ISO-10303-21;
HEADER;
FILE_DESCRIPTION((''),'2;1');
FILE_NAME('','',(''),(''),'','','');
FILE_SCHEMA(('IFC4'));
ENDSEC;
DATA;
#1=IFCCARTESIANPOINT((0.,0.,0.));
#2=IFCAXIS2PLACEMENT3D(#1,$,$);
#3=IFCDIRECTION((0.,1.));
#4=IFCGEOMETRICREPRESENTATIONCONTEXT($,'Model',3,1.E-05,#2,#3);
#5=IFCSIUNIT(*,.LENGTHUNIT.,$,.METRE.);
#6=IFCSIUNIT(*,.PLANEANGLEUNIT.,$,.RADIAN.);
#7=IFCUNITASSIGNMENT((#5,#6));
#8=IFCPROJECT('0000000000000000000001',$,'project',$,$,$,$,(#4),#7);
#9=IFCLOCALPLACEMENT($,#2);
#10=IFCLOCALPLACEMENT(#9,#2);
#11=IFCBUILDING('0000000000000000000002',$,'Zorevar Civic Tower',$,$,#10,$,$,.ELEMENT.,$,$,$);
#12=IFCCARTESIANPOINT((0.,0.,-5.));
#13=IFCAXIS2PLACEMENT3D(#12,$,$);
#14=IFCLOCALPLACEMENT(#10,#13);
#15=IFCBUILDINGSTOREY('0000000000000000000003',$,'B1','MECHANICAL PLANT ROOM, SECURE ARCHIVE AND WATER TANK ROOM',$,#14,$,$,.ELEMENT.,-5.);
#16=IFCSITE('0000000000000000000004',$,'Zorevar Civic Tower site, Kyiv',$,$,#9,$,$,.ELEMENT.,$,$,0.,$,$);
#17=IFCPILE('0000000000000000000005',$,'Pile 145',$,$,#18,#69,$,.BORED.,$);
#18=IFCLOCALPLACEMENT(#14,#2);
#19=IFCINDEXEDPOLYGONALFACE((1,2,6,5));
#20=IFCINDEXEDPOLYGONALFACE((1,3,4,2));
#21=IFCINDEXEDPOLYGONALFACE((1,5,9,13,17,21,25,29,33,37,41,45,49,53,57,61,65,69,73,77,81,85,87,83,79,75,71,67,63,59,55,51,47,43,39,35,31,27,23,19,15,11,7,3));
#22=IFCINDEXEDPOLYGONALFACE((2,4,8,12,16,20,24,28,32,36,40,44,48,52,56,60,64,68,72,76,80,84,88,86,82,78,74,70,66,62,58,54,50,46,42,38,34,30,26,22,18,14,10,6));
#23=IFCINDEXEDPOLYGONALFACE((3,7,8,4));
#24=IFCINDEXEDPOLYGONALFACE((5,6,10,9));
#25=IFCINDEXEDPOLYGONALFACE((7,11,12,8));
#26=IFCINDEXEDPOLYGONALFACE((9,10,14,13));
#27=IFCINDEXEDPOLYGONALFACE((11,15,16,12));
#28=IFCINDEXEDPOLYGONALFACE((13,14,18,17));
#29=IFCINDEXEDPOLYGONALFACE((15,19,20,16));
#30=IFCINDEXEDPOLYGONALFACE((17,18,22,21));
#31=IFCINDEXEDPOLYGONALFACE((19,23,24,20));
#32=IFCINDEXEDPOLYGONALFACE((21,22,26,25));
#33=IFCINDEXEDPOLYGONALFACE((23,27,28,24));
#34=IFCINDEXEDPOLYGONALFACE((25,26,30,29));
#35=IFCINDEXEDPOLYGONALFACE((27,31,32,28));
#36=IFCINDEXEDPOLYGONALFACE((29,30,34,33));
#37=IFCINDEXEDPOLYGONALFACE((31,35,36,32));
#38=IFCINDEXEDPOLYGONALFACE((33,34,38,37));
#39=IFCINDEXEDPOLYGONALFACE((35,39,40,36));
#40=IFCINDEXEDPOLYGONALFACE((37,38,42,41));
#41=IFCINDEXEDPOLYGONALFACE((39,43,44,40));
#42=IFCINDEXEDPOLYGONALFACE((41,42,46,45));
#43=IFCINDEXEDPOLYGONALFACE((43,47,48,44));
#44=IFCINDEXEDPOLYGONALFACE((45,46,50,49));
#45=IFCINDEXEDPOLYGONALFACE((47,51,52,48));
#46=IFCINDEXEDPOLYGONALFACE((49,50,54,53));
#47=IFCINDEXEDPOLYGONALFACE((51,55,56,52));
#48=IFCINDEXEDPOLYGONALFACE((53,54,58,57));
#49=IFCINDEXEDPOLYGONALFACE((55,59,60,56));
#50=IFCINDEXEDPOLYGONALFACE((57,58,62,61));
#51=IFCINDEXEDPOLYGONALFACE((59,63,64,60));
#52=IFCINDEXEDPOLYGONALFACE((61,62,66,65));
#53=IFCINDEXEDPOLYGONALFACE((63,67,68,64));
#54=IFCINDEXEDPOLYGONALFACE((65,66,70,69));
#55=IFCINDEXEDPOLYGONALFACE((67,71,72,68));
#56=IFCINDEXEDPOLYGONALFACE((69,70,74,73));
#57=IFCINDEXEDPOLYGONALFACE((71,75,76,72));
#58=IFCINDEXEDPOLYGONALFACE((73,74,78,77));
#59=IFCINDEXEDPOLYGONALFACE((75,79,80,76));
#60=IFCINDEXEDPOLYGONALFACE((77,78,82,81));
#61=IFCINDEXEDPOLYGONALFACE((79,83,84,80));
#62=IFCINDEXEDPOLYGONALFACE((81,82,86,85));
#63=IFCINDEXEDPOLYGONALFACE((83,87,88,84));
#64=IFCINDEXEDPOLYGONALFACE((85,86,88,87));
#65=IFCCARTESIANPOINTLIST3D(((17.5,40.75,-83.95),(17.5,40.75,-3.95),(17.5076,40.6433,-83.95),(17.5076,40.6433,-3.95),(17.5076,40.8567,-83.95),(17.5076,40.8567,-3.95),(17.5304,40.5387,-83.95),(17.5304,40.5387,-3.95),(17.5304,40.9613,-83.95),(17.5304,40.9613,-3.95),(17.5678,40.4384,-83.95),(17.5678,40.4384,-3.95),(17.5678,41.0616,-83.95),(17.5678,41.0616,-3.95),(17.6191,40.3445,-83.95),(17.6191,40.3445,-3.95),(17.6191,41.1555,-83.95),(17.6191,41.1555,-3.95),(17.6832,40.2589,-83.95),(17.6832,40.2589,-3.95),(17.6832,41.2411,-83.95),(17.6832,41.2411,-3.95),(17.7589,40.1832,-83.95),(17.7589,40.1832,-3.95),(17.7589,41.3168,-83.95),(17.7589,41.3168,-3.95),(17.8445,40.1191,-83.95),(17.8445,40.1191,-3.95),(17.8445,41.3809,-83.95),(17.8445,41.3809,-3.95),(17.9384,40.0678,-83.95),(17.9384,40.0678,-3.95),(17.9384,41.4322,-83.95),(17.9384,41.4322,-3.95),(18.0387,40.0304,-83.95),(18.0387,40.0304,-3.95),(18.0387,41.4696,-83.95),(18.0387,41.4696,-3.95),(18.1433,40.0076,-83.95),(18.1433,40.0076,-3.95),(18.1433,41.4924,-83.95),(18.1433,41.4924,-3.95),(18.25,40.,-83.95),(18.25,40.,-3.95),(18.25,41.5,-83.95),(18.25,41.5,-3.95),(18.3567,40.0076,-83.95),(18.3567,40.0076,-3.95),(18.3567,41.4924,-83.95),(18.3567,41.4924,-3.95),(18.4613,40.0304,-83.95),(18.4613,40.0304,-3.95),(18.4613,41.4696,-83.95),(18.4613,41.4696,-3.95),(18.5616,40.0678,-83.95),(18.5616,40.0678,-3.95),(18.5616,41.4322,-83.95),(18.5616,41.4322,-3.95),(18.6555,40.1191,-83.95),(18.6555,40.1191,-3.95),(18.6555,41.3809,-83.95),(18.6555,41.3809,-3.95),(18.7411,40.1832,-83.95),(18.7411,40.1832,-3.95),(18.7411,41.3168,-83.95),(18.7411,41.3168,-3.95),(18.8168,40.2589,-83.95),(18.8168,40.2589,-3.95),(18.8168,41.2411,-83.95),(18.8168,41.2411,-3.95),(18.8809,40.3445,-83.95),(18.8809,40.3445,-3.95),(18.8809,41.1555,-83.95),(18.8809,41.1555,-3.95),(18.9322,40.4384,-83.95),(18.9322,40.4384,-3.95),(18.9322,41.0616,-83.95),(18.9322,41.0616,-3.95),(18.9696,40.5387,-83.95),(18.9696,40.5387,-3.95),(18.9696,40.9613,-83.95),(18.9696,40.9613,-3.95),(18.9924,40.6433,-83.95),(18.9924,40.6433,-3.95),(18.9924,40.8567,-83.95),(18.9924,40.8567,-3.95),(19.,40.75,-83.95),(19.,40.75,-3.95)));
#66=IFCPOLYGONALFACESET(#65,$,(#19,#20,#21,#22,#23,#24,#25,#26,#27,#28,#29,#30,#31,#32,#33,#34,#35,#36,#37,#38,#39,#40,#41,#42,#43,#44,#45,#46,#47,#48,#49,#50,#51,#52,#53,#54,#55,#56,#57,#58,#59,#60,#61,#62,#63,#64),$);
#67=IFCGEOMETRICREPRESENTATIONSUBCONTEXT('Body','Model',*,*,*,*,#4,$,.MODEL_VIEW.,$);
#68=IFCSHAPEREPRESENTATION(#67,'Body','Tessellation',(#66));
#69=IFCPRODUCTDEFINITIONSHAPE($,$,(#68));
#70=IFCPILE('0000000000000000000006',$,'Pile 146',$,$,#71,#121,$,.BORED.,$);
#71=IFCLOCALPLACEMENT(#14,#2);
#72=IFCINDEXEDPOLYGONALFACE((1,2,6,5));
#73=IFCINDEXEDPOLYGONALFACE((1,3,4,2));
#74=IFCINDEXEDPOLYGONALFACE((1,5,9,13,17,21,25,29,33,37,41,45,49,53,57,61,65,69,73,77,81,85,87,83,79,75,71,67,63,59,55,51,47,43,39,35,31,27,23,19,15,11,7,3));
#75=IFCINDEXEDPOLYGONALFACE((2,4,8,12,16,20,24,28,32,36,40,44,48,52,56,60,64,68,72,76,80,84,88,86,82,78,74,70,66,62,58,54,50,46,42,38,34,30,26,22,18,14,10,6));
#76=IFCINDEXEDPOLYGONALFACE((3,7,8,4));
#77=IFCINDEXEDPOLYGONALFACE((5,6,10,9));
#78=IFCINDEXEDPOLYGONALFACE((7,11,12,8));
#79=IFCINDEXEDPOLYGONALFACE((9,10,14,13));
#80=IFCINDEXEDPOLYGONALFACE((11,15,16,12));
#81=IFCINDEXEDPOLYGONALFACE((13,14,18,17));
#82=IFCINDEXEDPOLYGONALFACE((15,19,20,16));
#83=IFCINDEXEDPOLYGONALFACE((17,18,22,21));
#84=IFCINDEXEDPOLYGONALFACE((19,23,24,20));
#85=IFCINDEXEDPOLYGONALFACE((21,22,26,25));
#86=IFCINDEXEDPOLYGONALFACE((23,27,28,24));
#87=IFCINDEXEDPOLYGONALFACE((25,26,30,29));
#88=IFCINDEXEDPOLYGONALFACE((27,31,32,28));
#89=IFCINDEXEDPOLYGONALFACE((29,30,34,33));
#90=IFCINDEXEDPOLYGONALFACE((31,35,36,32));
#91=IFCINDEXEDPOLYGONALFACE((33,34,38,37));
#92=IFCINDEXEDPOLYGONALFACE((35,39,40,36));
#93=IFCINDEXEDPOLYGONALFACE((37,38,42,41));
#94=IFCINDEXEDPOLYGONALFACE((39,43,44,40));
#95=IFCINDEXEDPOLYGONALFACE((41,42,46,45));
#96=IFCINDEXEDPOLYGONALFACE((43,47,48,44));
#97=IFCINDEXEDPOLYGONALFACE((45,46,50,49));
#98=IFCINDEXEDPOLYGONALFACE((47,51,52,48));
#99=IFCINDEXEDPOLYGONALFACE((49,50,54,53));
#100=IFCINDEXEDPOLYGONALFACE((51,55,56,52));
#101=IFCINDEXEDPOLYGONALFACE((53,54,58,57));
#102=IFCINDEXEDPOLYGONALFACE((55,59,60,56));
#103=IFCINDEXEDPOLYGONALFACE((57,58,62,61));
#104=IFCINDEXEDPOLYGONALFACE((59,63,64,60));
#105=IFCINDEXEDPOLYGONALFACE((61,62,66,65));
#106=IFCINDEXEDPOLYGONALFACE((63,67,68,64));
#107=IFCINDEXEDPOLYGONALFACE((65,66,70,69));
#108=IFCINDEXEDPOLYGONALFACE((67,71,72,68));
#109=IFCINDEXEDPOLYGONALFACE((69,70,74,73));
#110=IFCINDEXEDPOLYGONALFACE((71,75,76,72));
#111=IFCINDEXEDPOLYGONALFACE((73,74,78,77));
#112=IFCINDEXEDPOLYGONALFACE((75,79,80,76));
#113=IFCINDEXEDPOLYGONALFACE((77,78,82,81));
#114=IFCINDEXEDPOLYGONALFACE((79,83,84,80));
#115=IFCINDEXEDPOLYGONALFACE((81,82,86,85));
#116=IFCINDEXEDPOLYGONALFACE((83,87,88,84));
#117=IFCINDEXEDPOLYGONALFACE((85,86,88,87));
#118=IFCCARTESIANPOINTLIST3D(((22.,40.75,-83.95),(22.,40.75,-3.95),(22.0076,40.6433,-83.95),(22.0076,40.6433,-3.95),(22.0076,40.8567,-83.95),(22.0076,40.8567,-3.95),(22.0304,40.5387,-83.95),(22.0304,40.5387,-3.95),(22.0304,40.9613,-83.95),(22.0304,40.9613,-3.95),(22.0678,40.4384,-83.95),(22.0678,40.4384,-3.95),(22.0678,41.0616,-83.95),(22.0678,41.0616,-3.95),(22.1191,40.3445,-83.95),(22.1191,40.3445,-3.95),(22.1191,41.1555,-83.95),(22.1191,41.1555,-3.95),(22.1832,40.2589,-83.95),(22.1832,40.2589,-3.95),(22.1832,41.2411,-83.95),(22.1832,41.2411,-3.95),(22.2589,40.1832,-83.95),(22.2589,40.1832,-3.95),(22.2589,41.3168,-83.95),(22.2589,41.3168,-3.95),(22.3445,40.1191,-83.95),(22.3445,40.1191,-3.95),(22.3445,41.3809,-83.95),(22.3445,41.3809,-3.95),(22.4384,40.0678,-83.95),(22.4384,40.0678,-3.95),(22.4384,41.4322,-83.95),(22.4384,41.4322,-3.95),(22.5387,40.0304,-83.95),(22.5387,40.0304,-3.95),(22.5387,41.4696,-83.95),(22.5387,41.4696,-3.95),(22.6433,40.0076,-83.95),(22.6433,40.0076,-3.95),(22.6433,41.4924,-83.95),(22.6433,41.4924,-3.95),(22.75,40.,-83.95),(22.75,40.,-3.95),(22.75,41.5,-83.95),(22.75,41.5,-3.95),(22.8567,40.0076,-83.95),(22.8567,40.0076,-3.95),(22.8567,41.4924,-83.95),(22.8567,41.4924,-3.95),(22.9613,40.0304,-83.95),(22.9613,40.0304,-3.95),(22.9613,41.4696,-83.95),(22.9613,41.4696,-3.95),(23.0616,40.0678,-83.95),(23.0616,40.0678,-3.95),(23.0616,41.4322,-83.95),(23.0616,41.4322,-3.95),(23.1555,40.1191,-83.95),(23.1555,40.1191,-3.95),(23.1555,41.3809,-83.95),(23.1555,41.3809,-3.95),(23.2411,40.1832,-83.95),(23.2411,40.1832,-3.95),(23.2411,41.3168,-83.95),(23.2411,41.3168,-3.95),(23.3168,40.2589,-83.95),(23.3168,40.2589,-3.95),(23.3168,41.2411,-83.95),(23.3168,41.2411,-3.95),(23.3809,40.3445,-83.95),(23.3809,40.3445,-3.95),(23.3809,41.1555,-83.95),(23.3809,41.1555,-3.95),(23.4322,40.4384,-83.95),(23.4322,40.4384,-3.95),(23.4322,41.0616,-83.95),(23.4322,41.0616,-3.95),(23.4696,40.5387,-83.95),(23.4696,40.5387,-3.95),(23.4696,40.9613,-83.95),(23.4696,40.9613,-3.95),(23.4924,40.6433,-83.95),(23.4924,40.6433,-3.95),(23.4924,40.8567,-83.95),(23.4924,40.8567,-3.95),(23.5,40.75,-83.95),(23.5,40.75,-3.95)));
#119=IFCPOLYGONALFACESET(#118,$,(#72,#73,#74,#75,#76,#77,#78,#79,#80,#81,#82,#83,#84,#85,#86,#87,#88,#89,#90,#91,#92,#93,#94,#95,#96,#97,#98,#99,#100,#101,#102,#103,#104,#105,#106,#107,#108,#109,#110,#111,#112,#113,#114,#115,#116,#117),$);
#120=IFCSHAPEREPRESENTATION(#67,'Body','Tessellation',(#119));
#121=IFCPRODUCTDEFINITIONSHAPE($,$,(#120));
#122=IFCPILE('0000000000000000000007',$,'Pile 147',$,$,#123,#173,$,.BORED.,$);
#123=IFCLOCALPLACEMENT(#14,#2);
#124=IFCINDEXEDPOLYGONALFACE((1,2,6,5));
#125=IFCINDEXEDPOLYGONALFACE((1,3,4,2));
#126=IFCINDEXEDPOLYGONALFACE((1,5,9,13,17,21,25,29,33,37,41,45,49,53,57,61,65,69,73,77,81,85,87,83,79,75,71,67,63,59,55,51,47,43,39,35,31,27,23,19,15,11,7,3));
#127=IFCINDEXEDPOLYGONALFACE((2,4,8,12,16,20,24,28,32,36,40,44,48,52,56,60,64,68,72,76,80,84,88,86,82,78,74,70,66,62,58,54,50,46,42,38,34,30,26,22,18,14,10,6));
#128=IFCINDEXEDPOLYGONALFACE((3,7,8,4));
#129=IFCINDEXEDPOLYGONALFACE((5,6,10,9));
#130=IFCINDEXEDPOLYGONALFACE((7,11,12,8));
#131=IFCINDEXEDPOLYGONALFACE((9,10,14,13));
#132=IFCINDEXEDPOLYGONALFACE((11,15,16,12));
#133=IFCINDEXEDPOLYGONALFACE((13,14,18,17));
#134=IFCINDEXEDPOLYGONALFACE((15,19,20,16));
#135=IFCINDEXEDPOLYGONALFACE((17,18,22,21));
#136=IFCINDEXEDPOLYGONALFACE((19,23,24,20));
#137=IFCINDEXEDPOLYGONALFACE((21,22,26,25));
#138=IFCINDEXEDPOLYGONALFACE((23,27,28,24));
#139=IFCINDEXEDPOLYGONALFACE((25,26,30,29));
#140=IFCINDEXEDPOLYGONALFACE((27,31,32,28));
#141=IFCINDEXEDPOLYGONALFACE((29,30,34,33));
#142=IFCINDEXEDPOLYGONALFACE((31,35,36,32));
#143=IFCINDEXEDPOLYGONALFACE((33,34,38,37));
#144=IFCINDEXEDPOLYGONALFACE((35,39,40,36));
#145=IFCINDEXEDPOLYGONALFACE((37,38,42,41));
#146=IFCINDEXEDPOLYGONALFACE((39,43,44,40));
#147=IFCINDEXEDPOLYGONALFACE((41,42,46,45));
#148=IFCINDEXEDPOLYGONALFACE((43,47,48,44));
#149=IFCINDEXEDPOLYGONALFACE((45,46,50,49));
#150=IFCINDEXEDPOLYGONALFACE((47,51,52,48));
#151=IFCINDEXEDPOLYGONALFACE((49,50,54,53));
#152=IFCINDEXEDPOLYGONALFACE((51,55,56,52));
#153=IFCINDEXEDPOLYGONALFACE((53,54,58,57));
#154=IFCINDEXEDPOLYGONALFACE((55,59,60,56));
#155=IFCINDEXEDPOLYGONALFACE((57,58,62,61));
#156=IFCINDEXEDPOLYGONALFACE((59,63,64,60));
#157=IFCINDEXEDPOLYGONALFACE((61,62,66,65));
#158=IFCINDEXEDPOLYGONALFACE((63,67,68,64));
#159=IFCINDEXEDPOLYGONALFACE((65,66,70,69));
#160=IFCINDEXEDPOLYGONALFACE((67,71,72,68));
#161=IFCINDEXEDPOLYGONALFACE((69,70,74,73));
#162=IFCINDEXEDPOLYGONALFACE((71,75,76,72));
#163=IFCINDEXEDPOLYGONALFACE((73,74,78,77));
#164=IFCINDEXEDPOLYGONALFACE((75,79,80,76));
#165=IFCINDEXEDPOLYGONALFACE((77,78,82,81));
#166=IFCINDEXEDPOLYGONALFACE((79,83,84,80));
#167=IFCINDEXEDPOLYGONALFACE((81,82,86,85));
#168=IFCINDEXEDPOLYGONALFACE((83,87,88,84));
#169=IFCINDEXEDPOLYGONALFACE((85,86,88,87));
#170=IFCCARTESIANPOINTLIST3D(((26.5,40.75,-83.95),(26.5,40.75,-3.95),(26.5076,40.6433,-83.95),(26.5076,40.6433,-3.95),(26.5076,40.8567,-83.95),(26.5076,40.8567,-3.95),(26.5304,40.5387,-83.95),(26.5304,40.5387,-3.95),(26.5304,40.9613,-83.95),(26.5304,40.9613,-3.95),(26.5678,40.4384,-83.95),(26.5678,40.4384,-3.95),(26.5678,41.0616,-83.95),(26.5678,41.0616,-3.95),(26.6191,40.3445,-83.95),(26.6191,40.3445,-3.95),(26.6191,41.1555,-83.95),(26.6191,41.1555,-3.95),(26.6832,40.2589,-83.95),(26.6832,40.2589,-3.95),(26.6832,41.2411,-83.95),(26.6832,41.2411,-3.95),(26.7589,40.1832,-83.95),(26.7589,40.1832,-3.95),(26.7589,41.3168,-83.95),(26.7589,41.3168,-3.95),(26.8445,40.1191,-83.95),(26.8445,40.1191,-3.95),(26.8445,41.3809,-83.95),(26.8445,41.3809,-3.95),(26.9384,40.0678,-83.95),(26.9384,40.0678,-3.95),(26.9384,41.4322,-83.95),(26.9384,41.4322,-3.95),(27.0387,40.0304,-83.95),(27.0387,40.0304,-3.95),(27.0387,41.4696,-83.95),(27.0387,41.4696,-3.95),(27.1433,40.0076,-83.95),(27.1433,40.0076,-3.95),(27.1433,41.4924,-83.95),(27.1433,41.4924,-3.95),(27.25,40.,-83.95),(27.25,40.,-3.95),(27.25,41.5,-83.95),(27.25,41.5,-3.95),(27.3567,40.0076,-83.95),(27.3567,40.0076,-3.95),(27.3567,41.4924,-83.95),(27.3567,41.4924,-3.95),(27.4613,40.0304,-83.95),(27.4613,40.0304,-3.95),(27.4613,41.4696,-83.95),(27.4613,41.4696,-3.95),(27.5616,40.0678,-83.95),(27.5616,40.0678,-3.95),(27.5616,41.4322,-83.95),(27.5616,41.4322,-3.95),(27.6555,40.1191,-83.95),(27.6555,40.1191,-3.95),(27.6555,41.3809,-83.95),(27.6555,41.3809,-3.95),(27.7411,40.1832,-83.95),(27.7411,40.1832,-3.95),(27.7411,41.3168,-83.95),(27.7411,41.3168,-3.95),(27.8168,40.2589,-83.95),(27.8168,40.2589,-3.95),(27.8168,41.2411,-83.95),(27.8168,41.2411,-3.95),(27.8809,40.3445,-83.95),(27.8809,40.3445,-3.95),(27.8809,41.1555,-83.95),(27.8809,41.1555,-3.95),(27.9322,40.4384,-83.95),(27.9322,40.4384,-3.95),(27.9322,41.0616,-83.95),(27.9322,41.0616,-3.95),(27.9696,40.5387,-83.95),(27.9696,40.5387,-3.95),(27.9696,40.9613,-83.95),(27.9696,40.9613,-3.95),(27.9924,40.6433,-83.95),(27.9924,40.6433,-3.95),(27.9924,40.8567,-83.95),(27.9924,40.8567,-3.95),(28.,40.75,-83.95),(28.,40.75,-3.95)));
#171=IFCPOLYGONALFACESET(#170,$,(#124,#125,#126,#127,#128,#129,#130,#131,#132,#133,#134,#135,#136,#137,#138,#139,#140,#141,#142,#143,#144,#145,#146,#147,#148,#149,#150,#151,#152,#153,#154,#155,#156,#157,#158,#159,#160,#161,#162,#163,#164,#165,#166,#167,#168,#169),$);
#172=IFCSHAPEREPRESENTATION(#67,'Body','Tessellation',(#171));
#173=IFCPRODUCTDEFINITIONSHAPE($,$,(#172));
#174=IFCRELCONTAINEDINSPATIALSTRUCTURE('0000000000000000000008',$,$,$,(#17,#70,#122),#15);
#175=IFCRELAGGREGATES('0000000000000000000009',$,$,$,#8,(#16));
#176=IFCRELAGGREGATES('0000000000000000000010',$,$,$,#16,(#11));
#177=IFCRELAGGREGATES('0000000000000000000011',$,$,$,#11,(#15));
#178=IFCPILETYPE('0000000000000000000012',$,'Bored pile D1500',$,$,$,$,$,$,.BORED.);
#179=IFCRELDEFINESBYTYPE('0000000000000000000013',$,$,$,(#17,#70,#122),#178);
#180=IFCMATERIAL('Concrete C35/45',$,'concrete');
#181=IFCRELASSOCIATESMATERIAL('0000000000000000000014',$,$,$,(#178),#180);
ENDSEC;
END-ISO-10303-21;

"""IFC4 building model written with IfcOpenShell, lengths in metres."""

from ifc_helpers import new_model, si_unit, direction, frame, origin, origin_2d, place, context, subcontext, project, spatial, circle, extrude, material, type_object, element, save


model = new_model("IFC4")

# Units and contexts
model_context = context("Model", 3, precision=1e-05, world=origin(), true_north=direction((0.0, 1.0)))
body_context = subcontext(model_context, "Body", "Model", "MODEL_VIEW")
ifc_project = project(units=[si_unit("LENGTHUNIT", "METRE"), si_unit("PLANEANGLEUNIT", "RADIAN")], contexts=[model_context])

# Site, building, storey
site_placement = place(None, origin())
site = spatial("IfcSite", under=ifc_project, at=site_placement, Name="Zorevar Civic Tower site, Kyiv", CompositionType="ELEMENT", RefElevation=0.0)
building_placement = place(site_placement, origin())
building = spatial("IfcBuilding", under=site, at=building_placement, Name="Zorevar Civic Tower", CompositionType="ELEMENT")
storey_placement = place(building_placement, frame((0.0, 0.0, -5.0)))
storey = spatial("IfcBuildingStorey", under=building, at=storey_placement, Name="B1", Description="MECHANICAL PLANT ROOM, SECURE ARCHIVE AND WATER TANK ROOM", CompositionType="ELEMENT", Elevation=-5.0)

# Piles
ifc_material_1 = material(Name="Concrete C35/45", Category="concrete")
pile_type = type_object("IfcPileType", Name="Bored pile D1500", PredefinedType="BORED", material=ifc_material_1)
for number, where, z_axis, x_axis, name in (
    (1, (18.25, 40.75, -3.95), (0.0, 0.0, -1.0), (1.0, 0.0, 0.0), "Pile 145"),
    (2, (22.75, 40.75, -3.95), (0.0, 0.0, -1.0), (1.0, 0.0, 0.0), "Pile 146"),
    (3, (27.25, 40.75, -3.95), (0.0, 0.0, -1.0), (1.0, 0.0, 0.0), "Pile 147"),
):
    element("IfcPile", number, at=place(storey_placement, frame(where, z_axis=z_axis, x_axis=x_axis)), inside=storey, type_object=pile_type, Name=name, PredefinedType="BORED", context=body_context, shape_type="SweptSolid", body=[
        extrude(circle(Radius=0.75, at=origin_2d()), origin(), (0.0, 0.0, 1.0), 80.0),
    ])

save(model, "model.ifc")
